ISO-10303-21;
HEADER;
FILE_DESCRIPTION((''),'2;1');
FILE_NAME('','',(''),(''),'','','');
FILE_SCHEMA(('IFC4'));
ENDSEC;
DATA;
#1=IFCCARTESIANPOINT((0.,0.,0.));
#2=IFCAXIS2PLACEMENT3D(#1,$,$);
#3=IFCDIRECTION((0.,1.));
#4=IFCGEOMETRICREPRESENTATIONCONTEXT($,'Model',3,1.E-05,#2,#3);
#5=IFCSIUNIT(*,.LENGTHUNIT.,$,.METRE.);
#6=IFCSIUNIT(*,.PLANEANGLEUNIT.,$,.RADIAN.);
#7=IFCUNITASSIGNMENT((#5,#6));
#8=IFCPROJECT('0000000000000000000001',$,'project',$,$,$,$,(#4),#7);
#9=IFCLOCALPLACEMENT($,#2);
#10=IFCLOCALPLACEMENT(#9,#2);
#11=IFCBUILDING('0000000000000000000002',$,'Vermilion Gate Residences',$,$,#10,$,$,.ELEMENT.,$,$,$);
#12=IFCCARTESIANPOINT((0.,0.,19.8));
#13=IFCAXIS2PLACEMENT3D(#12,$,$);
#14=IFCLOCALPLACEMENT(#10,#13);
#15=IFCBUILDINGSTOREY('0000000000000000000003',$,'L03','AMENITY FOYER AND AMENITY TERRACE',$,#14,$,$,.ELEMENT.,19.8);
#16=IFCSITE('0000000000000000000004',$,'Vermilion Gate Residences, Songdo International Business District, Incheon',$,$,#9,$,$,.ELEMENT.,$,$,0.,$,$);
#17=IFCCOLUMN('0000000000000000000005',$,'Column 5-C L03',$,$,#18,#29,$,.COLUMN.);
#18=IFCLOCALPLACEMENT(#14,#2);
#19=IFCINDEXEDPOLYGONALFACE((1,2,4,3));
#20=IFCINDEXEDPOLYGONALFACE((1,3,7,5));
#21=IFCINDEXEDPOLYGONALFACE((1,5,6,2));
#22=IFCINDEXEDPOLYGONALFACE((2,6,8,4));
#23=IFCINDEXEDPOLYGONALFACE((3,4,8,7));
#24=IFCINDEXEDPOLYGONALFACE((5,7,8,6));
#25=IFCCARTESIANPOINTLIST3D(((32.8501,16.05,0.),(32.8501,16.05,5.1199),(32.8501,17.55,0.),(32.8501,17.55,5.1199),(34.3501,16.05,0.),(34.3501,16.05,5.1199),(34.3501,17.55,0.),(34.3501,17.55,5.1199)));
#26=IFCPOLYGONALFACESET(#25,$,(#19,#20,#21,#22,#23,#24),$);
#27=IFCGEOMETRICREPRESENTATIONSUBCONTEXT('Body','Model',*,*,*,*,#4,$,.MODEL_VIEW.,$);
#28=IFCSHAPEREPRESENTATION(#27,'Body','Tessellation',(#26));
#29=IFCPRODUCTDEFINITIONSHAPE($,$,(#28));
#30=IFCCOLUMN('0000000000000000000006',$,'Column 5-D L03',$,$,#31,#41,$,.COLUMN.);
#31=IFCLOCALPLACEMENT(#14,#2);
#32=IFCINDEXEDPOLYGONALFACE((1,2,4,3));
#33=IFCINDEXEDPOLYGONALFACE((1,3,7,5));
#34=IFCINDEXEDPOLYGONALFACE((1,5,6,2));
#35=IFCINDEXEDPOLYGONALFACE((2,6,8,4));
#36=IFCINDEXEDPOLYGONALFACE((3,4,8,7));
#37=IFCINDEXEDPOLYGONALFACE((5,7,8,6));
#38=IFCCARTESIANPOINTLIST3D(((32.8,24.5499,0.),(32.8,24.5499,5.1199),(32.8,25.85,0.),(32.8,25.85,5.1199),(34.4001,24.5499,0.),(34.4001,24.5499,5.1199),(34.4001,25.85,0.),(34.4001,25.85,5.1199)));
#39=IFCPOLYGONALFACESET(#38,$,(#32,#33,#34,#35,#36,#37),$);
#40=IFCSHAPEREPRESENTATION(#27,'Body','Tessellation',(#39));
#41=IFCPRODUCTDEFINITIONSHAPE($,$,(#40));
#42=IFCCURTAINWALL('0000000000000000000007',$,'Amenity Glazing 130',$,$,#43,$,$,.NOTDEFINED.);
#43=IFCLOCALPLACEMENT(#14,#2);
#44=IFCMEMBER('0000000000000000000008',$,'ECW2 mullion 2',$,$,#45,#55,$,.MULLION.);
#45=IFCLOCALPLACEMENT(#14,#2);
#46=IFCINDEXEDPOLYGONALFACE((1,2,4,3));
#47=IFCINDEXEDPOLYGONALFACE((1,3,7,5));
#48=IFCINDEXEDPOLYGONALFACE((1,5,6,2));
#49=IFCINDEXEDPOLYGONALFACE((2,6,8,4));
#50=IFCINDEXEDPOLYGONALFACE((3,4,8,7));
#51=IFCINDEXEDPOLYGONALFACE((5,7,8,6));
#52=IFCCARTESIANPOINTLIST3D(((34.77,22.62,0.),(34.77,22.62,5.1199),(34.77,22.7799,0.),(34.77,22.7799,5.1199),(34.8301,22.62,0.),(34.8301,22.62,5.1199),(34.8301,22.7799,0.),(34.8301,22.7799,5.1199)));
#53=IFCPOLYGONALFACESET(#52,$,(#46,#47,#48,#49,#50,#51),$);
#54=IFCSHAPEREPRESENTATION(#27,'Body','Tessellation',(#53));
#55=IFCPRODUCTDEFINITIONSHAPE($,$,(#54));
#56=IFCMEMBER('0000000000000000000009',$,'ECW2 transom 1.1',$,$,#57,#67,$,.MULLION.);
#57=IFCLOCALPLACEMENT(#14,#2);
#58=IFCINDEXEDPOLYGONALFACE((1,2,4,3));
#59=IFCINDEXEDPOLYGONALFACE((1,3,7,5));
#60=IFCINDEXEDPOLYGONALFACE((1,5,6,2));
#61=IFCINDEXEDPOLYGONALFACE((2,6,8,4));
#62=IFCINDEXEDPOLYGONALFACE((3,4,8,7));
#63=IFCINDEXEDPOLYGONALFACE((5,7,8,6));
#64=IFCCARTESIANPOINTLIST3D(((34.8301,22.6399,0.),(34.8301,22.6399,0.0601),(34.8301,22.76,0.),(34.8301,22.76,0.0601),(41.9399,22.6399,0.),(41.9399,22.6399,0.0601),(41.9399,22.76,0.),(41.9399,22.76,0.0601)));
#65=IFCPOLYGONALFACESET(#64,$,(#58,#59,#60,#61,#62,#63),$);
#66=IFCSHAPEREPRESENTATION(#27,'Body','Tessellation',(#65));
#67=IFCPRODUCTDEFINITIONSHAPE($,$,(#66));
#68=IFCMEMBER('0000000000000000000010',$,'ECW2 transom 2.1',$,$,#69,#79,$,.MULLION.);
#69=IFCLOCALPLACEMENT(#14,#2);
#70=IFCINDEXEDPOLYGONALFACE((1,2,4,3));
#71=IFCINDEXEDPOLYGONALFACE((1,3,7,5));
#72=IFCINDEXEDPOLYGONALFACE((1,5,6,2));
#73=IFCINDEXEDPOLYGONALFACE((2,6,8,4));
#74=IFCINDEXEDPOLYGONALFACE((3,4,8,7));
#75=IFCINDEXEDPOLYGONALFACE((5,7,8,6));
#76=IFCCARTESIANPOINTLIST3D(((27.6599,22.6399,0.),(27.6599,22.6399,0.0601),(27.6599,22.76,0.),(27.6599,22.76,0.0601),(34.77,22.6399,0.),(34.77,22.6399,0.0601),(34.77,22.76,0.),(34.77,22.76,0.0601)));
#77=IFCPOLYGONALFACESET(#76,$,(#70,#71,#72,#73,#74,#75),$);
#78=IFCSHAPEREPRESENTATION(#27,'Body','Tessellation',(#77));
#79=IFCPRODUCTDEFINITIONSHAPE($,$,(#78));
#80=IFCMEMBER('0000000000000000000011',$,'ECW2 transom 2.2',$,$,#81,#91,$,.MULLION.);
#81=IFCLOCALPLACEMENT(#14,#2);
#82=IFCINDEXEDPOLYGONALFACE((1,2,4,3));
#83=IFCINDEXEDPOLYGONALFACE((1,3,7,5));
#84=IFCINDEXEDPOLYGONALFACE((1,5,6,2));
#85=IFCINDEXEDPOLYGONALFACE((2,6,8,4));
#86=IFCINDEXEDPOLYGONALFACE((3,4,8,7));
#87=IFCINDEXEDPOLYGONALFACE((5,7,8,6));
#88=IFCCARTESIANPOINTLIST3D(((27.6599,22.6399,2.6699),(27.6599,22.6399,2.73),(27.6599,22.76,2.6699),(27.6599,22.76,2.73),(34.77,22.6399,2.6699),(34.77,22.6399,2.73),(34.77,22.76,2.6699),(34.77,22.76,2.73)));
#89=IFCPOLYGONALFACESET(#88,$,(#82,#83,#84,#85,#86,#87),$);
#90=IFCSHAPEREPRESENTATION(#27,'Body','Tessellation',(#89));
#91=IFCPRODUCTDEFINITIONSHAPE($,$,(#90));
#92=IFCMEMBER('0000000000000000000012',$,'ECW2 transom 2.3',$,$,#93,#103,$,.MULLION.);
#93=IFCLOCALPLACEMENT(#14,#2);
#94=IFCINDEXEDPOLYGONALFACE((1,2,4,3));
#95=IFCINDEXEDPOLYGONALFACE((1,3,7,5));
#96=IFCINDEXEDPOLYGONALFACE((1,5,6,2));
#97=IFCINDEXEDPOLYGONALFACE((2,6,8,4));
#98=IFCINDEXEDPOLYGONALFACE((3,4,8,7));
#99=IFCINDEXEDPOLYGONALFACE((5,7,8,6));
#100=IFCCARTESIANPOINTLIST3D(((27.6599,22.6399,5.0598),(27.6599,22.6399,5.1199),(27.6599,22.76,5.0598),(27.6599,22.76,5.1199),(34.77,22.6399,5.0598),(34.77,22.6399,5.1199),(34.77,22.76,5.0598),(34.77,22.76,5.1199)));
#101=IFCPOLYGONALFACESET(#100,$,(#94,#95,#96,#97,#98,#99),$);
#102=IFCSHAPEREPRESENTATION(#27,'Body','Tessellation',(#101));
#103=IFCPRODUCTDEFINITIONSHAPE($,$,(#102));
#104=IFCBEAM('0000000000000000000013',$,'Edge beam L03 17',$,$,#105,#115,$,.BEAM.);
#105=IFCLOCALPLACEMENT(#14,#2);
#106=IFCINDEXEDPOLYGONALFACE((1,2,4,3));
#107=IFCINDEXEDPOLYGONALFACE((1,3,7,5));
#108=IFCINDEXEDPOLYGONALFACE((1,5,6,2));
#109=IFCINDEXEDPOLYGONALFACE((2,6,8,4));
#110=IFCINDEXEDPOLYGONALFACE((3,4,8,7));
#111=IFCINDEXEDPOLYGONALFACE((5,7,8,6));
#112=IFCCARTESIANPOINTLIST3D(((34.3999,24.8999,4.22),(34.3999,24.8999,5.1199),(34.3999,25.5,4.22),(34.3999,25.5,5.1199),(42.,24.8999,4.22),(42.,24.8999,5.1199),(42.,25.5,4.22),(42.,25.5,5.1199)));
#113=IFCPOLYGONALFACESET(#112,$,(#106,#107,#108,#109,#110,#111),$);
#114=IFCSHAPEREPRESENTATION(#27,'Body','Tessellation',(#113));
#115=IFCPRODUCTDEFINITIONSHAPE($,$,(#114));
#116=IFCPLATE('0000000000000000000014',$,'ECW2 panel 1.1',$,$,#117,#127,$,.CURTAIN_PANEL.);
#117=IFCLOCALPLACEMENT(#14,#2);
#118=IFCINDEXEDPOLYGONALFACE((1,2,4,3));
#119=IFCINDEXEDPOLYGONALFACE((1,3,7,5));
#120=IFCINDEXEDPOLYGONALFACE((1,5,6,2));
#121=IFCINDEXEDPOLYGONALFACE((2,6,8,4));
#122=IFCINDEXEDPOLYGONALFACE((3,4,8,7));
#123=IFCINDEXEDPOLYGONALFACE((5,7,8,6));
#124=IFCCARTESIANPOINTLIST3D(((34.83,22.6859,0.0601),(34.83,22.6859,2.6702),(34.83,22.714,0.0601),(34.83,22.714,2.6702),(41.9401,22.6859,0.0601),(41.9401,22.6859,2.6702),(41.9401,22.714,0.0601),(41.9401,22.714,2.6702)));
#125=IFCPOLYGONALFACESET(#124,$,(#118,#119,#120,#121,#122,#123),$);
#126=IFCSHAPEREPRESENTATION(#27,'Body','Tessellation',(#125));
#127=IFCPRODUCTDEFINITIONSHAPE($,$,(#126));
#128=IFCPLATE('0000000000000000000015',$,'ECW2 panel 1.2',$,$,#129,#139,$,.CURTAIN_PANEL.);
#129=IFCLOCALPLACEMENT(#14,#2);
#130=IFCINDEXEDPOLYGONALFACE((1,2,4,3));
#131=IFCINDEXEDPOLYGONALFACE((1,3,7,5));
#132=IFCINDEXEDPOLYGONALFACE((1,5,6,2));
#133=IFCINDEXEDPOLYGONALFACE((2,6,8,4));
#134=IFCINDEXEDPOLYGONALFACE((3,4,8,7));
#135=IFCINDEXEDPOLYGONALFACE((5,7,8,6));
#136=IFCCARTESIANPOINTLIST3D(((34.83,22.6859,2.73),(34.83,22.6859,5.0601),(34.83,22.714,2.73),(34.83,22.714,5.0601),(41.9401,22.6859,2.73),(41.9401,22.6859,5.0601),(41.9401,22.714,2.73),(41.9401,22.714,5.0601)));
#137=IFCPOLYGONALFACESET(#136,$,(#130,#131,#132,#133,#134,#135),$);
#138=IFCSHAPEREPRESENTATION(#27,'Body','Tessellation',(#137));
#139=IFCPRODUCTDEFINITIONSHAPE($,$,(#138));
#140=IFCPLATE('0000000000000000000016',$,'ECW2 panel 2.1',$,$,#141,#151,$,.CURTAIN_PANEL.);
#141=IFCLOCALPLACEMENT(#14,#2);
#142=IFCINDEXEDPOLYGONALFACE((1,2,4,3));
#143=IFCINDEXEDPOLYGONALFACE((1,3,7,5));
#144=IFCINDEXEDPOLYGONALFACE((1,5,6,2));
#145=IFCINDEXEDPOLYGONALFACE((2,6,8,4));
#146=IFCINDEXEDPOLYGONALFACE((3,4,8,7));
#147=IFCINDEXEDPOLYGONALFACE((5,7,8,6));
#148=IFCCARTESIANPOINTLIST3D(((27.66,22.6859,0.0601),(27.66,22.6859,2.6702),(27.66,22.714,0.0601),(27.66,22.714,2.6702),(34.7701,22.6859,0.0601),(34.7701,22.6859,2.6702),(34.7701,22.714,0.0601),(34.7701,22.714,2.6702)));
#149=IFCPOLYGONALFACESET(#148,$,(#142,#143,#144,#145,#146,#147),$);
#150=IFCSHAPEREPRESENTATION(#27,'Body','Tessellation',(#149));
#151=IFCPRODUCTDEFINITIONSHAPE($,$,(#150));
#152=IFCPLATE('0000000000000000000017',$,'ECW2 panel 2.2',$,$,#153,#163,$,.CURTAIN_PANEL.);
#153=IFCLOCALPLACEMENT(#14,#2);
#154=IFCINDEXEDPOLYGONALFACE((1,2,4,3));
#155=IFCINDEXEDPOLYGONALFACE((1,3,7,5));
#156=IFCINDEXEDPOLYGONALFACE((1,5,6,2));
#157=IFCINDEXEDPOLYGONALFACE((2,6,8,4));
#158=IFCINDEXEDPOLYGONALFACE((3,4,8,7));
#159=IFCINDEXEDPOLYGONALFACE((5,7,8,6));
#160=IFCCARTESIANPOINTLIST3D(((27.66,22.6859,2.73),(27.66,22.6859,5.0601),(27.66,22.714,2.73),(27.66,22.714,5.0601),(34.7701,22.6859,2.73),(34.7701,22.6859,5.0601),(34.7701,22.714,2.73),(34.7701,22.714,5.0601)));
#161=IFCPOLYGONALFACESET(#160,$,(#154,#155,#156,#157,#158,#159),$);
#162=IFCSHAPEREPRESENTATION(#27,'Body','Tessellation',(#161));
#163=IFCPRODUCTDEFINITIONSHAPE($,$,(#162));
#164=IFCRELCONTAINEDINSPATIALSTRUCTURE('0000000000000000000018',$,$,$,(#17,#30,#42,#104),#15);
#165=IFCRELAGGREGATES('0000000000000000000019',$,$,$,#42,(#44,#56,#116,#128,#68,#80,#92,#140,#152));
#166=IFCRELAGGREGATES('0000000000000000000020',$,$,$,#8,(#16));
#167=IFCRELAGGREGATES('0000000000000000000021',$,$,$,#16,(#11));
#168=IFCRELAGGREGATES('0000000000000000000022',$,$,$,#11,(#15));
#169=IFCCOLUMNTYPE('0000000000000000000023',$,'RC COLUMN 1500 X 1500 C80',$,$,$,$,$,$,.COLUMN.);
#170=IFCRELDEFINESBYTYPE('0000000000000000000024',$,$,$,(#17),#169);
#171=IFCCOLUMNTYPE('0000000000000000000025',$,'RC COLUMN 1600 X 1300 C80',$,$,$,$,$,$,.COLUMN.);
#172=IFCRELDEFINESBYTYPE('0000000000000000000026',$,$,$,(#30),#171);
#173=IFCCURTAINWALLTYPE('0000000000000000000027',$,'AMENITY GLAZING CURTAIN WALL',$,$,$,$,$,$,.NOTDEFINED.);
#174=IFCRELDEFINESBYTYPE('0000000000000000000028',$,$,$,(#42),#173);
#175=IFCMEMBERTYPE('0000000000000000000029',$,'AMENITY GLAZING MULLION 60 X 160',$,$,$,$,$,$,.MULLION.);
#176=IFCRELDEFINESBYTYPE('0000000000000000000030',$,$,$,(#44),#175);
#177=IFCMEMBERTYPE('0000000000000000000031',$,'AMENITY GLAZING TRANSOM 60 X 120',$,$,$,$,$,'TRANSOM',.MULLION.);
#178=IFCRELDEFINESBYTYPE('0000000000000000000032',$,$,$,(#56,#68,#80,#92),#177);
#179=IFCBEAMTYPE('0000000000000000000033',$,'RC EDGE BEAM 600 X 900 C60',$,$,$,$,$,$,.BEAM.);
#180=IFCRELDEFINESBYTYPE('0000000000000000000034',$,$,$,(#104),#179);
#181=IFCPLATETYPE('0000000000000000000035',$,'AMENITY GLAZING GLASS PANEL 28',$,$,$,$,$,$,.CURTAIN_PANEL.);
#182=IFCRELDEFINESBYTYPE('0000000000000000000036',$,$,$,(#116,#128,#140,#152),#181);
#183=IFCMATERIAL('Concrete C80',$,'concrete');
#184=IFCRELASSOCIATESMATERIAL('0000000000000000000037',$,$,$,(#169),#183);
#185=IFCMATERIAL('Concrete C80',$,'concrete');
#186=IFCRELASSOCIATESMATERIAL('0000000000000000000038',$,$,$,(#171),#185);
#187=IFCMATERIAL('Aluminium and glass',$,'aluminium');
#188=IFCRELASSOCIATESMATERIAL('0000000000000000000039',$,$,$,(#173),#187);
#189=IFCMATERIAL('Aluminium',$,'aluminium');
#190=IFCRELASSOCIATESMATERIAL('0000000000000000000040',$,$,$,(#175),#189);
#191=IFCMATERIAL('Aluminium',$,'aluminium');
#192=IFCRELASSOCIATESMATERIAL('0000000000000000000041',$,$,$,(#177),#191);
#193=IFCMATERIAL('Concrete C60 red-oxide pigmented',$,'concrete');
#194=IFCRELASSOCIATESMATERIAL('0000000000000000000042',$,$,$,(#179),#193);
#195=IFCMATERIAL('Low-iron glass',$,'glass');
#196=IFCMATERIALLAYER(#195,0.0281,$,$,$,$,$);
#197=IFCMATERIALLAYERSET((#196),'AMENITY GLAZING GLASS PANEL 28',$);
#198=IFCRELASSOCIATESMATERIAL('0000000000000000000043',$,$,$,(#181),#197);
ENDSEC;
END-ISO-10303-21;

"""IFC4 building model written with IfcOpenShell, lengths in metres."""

from ifc_helpers import new_model, si_unit, direction, frame, origin, origin_2d, place, context, subcontext, project, spatial, rectangle, extrude, material, layer, layer_set, material_profile, profile_set, type_object, element, aggregate, save


model = new_model("IFC4")

# Units and contexts
model_context = context("Model", 3, precision=1e-05, world=origin(), true_north=direction((0.0, 1.0)))
body_context = subcontext(model_context, "Body", "Model", "MODEL_VIEW")
ifc_project = project(units=[si_unit("LENGTHUNIT", "METRE"), si_unit("PLANEANGLEUNIT", "RADIAN")], contexts=[model_context])

# Site, building, storey
site_placement = place(None, origin())
site = spatial("IfcSite", under=ifc_project, at=site_placement, Name="Vermilion Gate Residences, Songdo International Business District, Incheon", CompositionType="ELEMENT", RefElevation=0.0)
building_placement = place(site_placement, origin())
building = spatial("IfcBuilding", under=site, at=building_placement, Name="Vermilion Gate Residences", CompositionType="ELEMENT")
storey_placement = place(building_placement, frame((0.0, 0.0, 19.8)))
storey = spatial("IfcBuildingStorey", under=building, at=storey_placement, Name="L03", Description="AMENITY FOYER AND AMENITY TERRACE", CompositionType="ELEMENT", Elevation=19.8)

# Columns
ifc_material_1 = material(Name="Concrete C80", Category="concrete")
ifc_material_profile_1 = material_profile(ifc_material_1, rectangle(XDim=1.5, YDim=1.5, at=origin_2d()), Name="RC-1500x1500")
ifc_profile_set_1 = profile_set([ifc_material_profile_1], Name="Concrete C80")
column_type_1 = type_object("IfcColumnType", Name="RC COLUMN 1500 X 1500 C80", PredefinedType="COLUMN", material=ifc_profile_set_1)
column_1_placement = place(storey_placement, frame((33.6001, 16.8, 0.0), z_axis=(0.0, 0.0, 1.0), x_axis=(1.0, 0.0, 0.0)))
element("IfcColumn", 1, at=column_1_placement, inside=storey, type_object=column_type_1, Name="Column 5-C L03", PredefinedType="COLUMN", context=body_context, shape_type="SweptSolid", body=[
    extrude(rectangle(XDim=1.5, YDim=1.5, at=origin_2d()), origin(), (0.0, 0.0, 1.0), 5.1199),
])
ifc_material_2 = material(Name="Concrete C80", Category="concrete")
ifc_material_profile_2 = material_profile(ifc_material_2, rectangle(XDim=1.6001, YDim=1.3, at=origin_2d()), Name="RC-1600x1300")
ifc_profile_set_2 = profile_set([ifc_material_profile_2], Name="Concrete C80")
column_type_2 = type_object("IfcColumnType", Name="RC COLUMN 1600 X 1300 C80", PredefinedType="COLUMN", material=ifc_profile_set_2)
column_2_placement = place(storey_placement, frame((33.6001, 25.2, 0.0), z_axis=(0.0, 0.0, 1.0), x_axis=(1.0, 0.0, 0.0)))
element("IfcColumn", 2, at=column_2_placement, inside=storey, type_object=column_type_2, Name="Column 5-D L03", PredefinedType="COLUMN", context=body_context, shape_type="SweptSolid", body=[
    extrude(rectangle(XDim=1.6001, YDim=1.3, at=origin_2d()), origin(), (0.0, 0.0, 1.0), 5.1199),
])

# Curtain wall, members
ifc_material_3 = material(Name="Aluminium and glass", Category="aluminium")
curtain_wall_type = type_object("IfcCurtainWallType", Name="AMENITY GLAZING CURTAIN WALL", PredefinedType="NOTDEFINED", material=ifc_material_3)
curtain_wall_placement = place(storey_placement, origin())
curtain_wall = element("IfcCurtainWall", 3, at=curtain_wall_placement, inside=storey, type_object=curtain_wall_type, Name="Amenity Glazing 130", PredefinedType="NOTDEFINED")
ifc_material_4 = material(Name="Aluminium", Category="aluminium")
ifc_material_profile_3 = material_profile(ifc_material_4, rectangle(XDim=0.1599, YDim=0.0601, at=origin_2d()), Name="MULLION 60 X 160")
ifc_profile_set_3 = profile_set([ifc_material_profile_3], Name="Aluminium")
member_type_1 = type_object("IfcMemberType", Name="AMENITY GLAZING MULLION 60 X 160", PredefinedType="MULLION", material=ifc_profile_set_3)
member_1_placement = place(storey_placement, frame((34.8, 22.7, 0.0), z_axis=(0.0, 0.0, 1.0), x_axis=(0.0, -1.0, 0.0)))
member_1 = element("IfcMember", 4, at=member_1_placement, type_object=member_type_1, Name="ECW2 mullion 2", PredefinedType="MULLION", context=body_context, shape_type="SweptSolid", body=[
    extrude(rectangle(XDim=0.1599, YDim=0.0601, at=origin_2d()), origin(), (0.0, 0.0, 1.0), 5.1199),
])
ifc_material_5 = material(Name="Aluminium", Category="aluminium")
ifc_material_profile_4 = material_profile(ifc_material_5, rectangle(XDim=0.1201, YDim=0.0601, at=origin_2d()), Name="TRANSOM 60 X 120")
ifc_profile_set_4 = profile_set([ifc_material_profile_4], Name="Aluminium")
member_type_2 = type_object("IfcMemberType", Name="AMENITY GLAZING TRANSOM 60 X 120", ElementType="TRANSOM", PredefinedType="MULLION", material=ifc_profile_set_4)
member_2_placement = place(storey_placement, frame((41.9399, 22.7, 0.03), z_axis=(-1.0, 0.0, 0.0), x_axis=(0.0, -1.0, 0.0)))
member_2 = element("IfcMember", 5, at=member_2_placement, type_object=member_type_2, Name="ECW2 transom 1.1", PredefinedType="MULLION", context=body_context, shape_type="SweptSolid", body=[
    extrude(rectangle(XDim=0.1201, YDim=0.0601, at=origin_2d()), origin(), (0.0, 0.0, 1.0), 7.1099),
])
member_3_placement = place(storey_placement, frame((34.77, 22.7, 0.03), z_axis=(-1.0, 0.0, 0.0), x_axis=(0.0, -1.0, 0.0)))
member_3 = element("IfcMember", 6, at=member_3_placement, type_object=member_type_2, Name="ECW2 transom 2.1", PredefinedType="MULLION", context=body_context, shape_type="SweptSolid", body=[
    extrude(rectangle(XDim=0.1201, YDim=0.0601, at=origin_2d()), origin(), (0.0, 0.0, 1.0), 7.1101),
])
member_4_placement = place(storey_placement, frame((34.77, 22.7, 2.7), z_axis=(-1.0, 0.0, 0.0), x_axis=(0.0, -1.0, 0.0)))
member_4 = element("IfcMember", 7, at=member_4_placement, type_object=member_type_2, Name="ECW2 transom 2.2", PredefinedType="MULLION", context=body_context, shape_type="SweptSolid", body=[
    extrude(rectangle(XDim=0.1201, YDim=0.0601, at=origin_2d()), origin(), (0.0, 0.0, 1.0), 7.1101),
])
member_5_placement = place(storey_placement, frame((34.77, 22.7, 5.0898), z_axis=(-1.0, 0.0, 0.0), x_axis=(0.0, -1.0, 0.0)))
member_5 = element("IfcMember", 8, at=member_5_placement, type_object=member_type_2, Name="ECW2 transom 2.3", PredefinedType="MULLION", context=body_context, shape_type="SweptSolid", body=[
    extrude(rectangle(XDim=0.1201, YDim=0.0601, at=origin_2d()), origin(), (0.0, 0.0, 1.0), 7.1101),
])

# Beam
ifc_material_6 = material(Name="Concrete C60 red-oxide pigmented", Category="concrete")
ifc_material_profile_5 = material_profile(ifc_material_6, rectangle(XDim=0.6001, YDim=0.8999, at=origin_2d()), Name="RC-600x900")
ifc_profile_set_5 = profile_set([ifc_material_profile_5], Name="Concrete C60 red-oxide pigmented")
beam_type = type_object("IfcBeamType", Name="RC EDGE BEAM 600 X 900 C60", PredefinedType="BEAM", material=ifc_profile_set_5)
beam_placement = place(storey_placement, frame((34.3999, 25.2, 4.6699), z_axis=(1.0, 0.0, 0.0), x_axis=(0.0, 1.0, 0.0)))
element("IfcBeam", 9, at=beam_placement, inside=storey, type_object=beam_type, Name="Edge beam L03 17", PredefinedType="BEAM", context=body_context, shape_type="SweptSolid", body=[
    extrude(rectangle(XDim=0.6001, YDim=0.8999, at=origin_2d()), origin(), (0.0, 0.0, 1.0), 7.6001),
])

# Plates
ifc_material_7 = material(Name="Low-iron glass", Category="glass")
ifc_layer_1 = layer(ifc_material_7, 0.0281)
ifc_layer_set_1 = layer_set([ifc_layer_1], Name="AMENITY GLAZING GLASS PANEL 28")
plate_type = type_object("IfcPlateType", Name="AMENITY GLAZING GLASS PANEL 28", PredefinedType="CURTAIN_PANEL", material=ifc_layer_set_1)
plate_1_placement = place(storey_placement, frame((38.385, 22.7, 0.0601), z_axis=(0.0, 0.0, 1.0), x_axis=(-1.0, 0.0, 0.0)))
plate_1 = element("IfcPlate", 10, at=plate_1_placement, type_object=plate_type, Name="ECW2 panel 1.1", PredefinedType="CURTAIN_PANEL", context=body_context, shape_type="SweptSolid", body=[
    extrude(rectangle(XDim=7.1101, YDim=0.0281, at=origin_2d()), origin(), (0.0, 0.0, 1.0), 2.6101),
])
plate_2_placement = place(storey_placement, frame((38.385, 22.7, 2.73), z_axis=(0.0, 0.0, 1.0), x_axis=(-1.0, 0.0, 0.0)))
plate_2 = element("IfcPlate", 11, at=plate_2_placement, type_object=plate_type, Name="ECW2 panel 1.2", PredefinedType="CURTAIN_PANEL", context=body_context, shape_type="SweptSolid", body=[
    extrude(rectangle(XDim=7.1101, YDim=0.0281, at=origin_2d()), origin(), (0.0, 0.0, 1.0), 2.3301),
])
plate_3_placement = place(storey_placement, frame((31.2151, 22.7, 0.0601), z_axis=(0.0, 0.0, 1.0), x_axis=(-1.0, 0.0, 0.0)))
plate_3 = element("IfcPlate", 12, at=plate_3_placement, type_object=plate_type, Name="ECW2 panel 2.1", PredefinedType="CURTAIN_PANEL", context=body_context, shape_type="SweptSolid", body=[
    extrude(rectangle(XDim=7.1101, YDim=0.0281, at=origin_2d()), origin(), (0.0, 0.0, 1.0), 2.6101),
])
plate_4_placement = place(storey_placement, frame((31.2151, 22.7, 2.73), z_axis=(0.0, 0.0, 1.0), x_axis=(-1.0, 0.0, 0.0)))
plate_4 = element("IfcPlate", 13, at=plate_4_placement, type_object=plate_type, Name="ECW2 panel 2.2", PredefinedType="CURTAIN_PANEL", context=body_context, shape_type="SweptSolid", body=[
    extrude(rectangle(XDim=7.1101, YDim=0.0281, at=origin_2d()), origin(), (0.0, 0.0, 1.0), 2.3301),
])
aggregate(curtain_wall, [member_1, member_2, plate_1, plate_2, member_3, member_4, member_5, plate_3, plate_4])

save(model, "model.ifc")
